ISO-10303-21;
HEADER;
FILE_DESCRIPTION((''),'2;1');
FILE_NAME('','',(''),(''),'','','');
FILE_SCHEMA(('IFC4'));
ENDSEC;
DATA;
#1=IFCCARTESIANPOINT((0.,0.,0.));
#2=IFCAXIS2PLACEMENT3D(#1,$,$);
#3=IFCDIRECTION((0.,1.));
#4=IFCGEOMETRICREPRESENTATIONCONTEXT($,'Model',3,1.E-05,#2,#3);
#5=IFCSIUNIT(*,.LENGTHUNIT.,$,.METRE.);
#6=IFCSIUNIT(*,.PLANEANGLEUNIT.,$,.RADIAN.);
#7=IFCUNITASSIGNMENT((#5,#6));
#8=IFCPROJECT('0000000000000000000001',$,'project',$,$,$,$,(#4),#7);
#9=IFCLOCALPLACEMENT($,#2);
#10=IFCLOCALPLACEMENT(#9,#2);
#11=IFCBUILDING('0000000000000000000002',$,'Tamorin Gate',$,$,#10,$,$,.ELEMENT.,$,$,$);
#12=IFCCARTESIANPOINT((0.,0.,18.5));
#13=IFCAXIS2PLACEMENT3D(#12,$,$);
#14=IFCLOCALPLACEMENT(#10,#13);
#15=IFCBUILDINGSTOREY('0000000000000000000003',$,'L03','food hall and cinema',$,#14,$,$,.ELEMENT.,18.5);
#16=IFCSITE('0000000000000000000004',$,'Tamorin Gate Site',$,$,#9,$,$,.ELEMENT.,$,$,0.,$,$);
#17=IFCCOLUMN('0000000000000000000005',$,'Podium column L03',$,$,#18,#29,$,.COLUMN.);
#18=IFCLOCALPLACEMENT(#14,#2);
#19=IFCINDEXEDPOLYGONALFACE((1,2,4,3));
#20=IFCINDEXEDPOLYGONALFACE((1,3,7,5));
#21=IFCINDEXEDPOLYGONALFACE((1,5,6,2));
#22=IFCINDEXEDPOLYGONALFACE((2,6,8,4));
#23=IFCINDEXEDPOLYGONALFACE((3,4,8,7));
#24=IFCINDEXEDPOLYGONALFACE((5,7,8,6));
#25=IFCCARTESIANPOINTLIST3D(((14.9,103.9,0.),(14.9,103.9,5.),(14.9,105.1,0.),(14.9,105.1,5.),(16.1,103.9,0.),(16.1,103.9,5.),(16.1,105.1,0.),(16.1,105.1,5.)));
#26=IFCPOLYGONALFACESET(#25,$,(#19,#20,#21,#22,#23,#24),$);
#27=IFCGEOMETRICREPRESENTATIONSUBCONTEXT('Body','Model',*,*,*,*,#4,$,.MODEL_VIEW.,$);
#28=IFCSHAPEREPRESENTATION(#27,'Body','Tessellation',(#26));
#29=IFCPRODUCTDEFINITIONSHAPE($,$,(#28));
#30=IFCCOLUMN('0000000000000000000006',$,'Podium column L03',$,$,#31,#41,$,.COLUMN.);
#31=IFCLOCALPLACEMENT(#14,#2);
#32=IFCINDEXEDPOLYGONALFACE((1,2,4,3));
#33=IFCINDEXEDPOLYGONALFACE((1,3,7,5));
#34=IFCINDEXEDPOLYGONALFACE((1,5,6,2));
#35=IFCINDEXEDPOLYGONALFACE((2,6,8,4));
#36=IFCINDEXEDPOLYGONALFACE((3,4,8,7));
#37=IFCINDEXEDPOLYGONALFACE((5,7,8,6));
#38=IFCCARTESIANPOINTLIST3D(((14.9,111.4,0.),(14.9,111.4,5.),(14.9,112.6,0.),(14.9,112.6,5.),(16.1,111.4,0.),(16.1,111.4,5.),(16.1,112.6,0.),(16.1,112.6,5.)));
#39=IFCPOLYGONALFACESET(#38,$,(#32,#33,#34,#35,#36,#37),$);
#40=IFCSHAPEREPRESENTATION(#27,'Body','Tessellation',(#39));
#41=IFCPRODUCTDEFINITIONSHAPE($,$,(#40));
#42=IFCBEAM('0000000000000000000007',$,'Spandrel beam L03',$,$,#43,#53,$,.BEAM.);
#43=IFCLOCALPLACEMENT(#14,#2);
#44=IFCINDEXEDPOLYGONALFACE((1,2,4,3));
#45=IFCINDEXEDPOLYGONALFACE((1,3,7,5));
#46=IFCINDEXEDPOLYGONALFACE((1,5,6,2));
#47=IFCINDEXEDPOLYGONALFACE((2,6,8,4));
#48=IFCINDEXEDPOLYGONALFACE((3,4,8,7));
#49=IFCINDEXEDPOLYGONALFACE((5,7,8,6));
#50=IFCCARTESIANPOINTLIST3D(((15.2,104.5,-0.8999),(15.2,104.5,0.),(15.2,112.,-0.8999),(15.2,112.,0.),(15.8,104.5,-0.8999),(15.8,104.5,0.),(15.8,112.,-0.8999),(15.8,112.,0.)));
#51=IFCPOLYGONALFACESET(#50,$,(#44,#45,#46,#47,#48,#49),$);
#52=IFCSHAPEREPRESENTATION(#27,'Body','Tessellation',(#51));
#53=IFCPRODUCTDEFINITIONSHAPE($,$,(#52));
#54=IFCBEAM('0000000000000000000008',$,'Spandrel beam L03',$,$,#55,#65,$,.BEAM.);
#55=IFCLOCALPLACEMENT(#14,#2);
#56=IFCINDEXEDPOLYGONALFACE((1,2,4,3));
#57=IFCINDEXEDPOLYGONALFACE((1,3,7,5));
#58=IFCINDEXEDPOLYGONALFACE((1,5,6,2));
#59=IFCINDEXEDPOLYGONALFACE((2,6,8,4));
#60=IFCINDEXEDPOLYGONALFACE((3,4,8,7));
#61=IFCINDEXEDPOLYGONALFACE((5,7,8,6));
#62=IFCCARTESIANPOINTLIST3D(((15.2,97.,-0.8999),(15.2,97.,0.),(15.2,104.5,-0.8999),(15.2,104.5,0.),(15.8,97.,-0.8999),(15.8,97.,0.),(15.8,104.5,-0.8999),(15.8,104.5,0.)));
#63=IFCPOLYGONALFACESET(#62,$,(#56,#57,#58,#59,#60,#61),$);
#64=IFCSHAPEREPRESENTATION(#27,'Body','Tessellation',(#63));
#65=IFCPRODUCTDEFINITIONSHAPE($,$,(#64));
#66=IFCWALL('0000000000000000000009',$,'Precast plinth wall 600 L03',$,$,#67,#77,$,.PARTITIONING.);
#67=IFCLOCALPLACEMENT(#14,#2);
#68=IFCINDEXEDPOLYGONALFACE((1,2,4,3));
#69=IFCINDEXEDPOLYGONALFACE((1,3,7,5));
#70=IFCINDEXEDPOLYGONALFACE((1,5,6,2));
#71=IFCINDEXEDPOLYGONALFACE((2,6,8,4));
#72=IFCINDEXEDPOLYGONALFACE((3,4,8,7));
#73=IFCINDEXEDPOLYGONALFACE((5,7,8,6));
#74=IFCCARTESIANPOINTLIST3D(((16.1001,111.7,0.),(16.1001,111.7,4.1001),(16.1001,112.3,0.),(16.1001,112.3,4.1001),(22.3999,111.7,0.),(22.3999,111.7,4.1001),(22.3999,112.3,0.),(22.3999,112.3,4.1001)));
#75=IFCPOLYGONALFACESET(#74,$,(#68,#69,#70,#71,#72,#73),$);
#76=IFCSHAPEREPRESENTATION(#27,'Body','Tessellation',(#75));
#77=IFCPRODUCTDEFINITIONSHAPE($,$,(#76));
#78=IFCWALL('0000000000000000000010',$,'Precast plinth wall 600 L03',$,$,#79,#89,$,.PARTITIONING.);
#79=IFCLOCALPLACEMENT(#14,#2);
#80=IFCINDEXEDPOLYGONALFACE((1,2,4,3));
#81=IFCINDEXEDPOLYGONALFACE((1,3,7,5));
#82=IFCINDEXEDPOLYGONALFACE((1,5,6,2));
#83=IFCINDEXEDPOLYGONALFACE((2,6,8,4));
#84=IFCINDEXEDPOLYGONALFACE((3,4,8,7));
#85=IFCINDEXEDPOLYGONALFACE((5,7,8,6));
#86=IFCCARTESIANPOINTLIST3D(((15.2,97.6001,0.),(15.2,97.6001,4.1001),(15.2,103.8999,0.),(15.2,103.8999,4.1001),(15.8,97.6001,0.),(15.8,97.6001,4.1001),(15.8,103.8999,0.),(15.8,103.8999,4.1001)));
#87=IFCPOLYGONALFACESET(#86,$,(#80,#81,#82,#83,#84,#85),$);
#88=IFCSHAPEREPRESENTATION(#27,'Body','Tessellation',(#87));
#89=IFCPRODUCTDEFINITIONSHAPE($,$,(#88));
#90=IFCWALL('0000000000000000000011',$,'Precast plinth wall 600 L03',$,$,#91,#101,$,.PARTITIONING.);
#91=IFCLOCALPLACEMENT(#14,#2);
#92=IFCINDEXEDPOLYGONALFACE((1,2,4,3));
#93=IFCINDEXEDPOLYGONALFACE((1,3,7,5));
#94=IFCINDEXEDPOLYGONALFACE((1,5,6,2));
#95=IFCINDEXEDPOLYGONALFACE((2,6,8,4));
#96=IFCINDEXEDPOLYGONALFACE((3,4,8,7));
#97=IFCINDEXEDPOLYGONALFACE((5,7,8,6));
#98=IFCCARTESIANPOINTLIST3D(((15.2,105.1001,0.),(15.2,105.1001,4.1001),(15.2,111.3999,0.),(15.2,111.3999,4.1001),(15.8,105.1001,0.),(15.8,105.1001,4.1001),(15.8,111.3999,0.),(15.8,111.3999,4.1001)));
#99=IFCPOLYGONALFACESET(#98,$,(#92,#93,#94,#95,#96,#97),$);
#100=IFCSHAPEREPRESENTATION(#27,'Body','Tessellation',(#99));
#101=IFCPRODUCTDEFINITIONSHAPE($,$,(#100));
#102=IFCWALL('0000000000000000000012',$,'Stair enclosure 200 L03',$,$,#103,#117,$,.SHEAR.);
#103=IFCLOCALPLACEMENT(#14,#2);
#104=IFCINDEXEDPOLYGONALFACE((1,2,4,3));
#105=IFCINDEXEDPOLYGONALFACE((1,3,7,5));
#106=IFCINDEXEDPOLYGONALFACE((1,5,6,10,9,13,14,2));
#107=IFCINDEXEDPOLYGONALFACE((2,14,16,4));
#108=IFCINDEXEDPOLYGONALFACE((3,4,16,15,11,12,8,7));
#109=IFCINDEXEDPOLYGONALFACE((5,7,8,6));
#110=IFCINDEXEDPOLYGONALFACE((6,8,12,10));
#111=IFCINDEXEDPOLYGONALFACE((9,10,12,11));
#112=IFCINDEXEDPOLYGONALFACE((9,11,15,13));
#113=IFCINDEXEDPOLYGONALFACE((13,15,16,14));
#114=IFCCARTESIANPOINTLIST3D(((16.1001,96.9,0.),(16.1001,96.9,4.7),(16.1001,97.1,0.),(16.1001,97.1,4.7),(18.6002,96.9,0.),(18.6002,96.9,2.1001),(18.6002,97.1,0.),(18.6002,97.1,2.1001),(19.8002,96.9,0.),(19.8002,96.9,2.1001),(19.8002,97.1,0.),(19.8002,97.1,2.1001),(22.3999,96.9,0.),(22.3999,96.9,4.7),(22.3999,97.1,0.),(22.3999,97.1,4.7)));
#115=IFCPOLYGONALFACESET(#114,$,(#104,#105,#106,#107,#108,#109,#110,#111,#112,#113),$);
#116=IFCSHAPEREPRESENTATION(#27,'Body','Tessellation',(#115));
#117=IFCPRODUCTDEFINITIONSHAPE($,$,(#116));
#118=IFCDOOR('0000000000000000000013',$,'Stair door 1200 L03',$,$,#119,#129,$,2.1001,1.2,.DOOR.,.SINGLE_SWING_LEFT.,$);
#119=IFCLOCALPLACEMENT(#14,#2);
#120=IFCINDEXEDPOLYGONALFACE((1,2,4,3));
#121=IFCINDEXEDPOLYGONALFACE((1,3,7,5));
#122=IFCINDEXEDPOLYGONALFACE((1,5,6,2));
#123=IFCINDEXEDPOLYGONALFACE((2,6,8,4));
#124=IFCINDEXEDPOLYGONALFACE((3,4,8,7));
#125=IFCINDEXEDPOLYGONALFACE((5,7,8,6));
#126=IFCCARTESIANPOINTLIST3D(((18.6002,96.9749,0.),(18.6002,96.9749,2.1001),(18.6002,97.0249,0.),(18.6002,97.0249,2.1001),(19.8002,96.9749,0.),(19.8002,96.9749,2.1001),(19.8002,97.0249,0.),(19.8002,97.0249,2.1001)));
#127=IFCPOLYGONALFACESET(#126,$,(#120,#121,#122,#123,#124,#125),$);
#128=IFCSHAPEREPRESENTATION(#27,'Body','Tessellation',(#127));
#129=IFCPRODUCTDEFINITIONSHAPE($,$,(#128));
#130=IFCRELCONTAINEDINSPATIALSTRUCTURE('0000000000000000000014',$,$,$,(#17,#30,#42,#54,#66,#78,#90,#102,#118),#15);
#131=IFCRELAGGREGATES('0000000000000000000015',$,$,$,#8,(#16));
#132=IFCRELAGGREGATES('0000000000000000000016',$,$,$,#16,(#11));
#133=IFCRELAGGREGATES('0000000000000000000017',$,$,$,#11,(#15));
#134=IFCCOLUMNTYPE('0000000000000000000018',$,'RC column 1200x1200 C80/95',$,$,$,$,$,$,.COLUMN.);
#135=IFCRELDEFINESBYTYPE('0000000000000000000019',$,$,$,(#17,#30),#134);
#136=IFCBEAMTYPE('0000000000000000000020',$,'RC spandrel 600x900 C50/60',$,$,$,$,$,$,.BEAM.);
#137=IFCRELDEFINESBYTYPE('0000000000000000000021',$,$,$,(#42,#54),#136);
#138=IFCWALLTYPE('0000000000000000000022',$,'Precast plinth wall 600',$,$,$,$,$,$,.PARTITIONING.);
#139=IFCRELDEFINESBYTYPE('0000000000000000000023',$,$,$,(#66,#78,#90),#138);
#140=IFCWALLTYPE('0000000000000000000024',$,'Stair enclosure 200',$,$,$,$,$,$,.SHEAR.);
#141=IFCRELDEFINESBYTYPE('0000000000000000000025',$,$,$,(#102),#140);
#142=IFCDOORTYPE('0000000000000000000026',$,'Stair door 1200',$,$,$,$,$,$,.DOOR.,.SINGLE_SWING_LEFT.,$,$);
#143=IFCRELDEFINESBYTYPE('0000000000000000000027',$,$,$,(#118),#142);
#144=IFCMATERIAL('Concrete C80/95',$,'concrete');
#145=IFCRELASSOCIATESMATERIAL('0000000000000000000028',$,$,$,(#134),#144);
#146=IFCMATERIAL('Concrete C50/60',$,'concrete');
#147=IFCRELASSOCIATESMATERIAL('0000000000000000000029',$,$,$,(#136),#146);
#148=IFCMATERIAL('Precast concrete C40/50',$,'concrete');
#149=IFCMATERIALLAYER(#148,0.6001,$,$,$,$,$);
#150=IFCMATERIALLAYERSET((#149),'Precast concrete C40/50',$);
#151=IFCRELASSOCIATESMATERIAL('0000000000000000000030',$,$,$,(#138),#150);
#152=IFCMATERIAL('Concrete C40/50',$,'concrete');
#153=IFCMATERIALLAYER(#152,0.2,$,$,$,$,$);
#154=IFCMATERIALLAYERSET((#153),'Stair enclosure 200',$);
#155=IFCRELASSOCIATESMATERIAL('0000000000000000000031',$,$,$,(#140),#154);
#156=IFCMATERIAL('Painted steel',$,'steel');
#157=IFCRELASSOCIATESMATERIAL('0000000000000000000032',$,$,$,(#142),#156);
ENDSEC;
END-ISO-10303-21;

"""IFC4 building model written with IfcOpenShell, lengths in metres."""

from ifc_helpers import new_model, si_unit, direction, frame, frame_2d, origin, origin_2d, place, context, subcontext, project, spatial, rectangle, extrude, material, layer, layer_set, material_profile, profile_set, type_object, element, fill, save


model = new_model("IFC4")

# Units and contexts
model_context = context("Model", 3, precision=1e-05, world=origin(), true_north=direction((0.0, 1.0)))
body_context = subcontext(model_context, "Body", "Model", "MODEL_VIEW")
ifc_project = project(units=[si_unit("LENGTHUNIT", "METRE"), si_unit("PLANEANGLEUNIT", "RADIAN")], contexts=[model_context])

# Site, building, storey
site_placement = place(None, origin())
site = spatial("IfcSite", under=ifc_project, at=site_placement, Name="Tamorin Gate Site", CompositionType="ELEMENT", RefElevation=0.0)
building_placement = place(site_placement, origin())
building = spatial("IfcBuilding", under=site, at=building_placement, Name="Tamorin Gate", CompositionType="ELEMENT")
storey_placement = place(building_placement, frame((0.0, 0.0, 18.5)))
storey = spatial("IfcBuildingStorey", under=building, at=storey_placement, Name="L03", Description="food hall and cinema", CompositionType="ELEMENT", Elevation=18.5)

# Columns
ifc_material_1 = material(Name="Concrete C80/95", Category="concrete")
ifc_material_profile_1 = material_profile(ifc_material_1, rectangle(XDim=1.2, YDim=1.2, at=origin_2d()), Name="RC 1200x1200")
ifc_profile_set_1 = profile_set([ifc_material_profile_1], Name="Concrete C80/95")
column_type = type_object("IfcColumnType", Name="RC column 1200x1200 C80/95", PredefinedType="COLUMN", material=ifc_profile_set_1)
for number, where, z_axis, x_axis, name in (
    (1, (15.5, 104.5, 0.0), (0.0, 0.0, 1.0), (1.0, 0.0, 0.0), "Podium column L03"),
    (2, (15.5, 112.0, 0.0), (0.0, 0.0, 1.0), (1.0, 0.0, 0.0), "Podium column L03"),
):
    element("IfcColumn", number, at=place(storey_placement, frame(where, z_axis=z_axis, x_axis=x_axis)), inside=storey, type_object=column_type, Name=name, PredefinedType="COLUMN", context=body_context, shape_type="SweptSolid", body=[
        extrude(rectangle(XDim=1.2, YDim=1.2, at=origin_2d()), origin(), (0.0, 0.0, 1.0), 5.0),
    ])

# Beams
ifc_material_2 = material(Name="Concrete C50/60", Category="concrete")
ifc_material_profile_2 = material_profile(ifc_material_2, rectangle(XDim=0.6001, YDim=0.8999, at=origin_2d()), Name="RC 600x900")
ifc_profile_set_2 = profile_set([ifc_material_profile_2], Name="Concrete C50/60")
beam_type = type_object("IfcBeamType", Name="RC spandrel 600x900 C50/60", PredefinedType="BEAM", material=ifc_profile_set_2)
for number, where, z_axis, x_axis, name in (
    (3, (15.5, 112.0, -0.45), (0.0, -1.0, 0.0), (1.0, 0.0, 0.0), "Spandrel beam L03"),
    (4, (15.5, 104.5, -0.45), (0.0, -1.0, 0.0), (1.0, 0.0, 0.0), "Spandrel beam L03"),
):
    element("IfcBeam", number, at=place(storey_placement, frame(where, z_axis=z_axis, x_axis=x_axis)), inside=storey, type_object=beam_type, Name=name, PredefinedType="BEAM", context=body_context, shape_type="SweptSolid", body=[
        extrude(rectangle(XDim=0.6001, YDim=0.8999, at=origin_2d()), origin(), (0.0, 0.0, 1.0), 7.5),
    ])

# Walls
ifc_material_3 = material(Name="Precast concrete C40/50", Category="concrete")
ifc_layer_1 = layer(ifc_material_3, 0.6001)
ifc_layer_set_1 = layer_set([ifc_layer_1], Name="Precast concrete C40/50")
wall_type_1 = type_object("IfcWallType", Name="Precast plinth wall 600", PredefinedType="PARTITIONING", material=ifc_layer_set_1)
for number, where, z_axis, x_axis, name in (
    (5, (16.1001, 112.0, 0.0), (0.0, 0.0, 1.0), (1.0, 0.0, 0.0), "Precast plinth wall 600 L03"),
    (6, (15.5, 97.6001, 0.0), (0.0, 0.0, 1.0), (0.0, 1.0, 0.0), "Precast plinth wall 600 L03"),
    (7, (15.5, 105.1001, 0.0), (0.0, 0.0, 1.0), (0.0, 1.0, 0.0), "Precast plinth wall 600 L03"),
):
    element("IfcWall", number, at=place(storey_placement, frame(where, z_axis=z_axis, x_axis=x_axis)), inside=storey, type_object=wall_type_1, Name=name, PredefinedType="PARTITIONING", context=body_context, shape_type="SweptSolid", body=[
        extrude(rectangle(XDim=6.2998, YDim=0.6001, at=frame_2d((3.1499, 0.0))), origin(), (0.0, 0.0, 1.0), 4.1001),
    ])

# Wall, opening, door
ifc_material_4 = material(Name="Concrete C40/50", Category="concrete")
ifc_layer_2 = layer(ifc_material_4, 0.2)
ifc_layer_set_2 = layer_set([ifc_layer_2], Name="Stair enclosure 200")
wall_type_2 = type_object("IfcWallType", Name="Stair enclosure 200", PredefinedType="SHEAR", material=ifc_layer_set_2)
wall_placement = place(storey_placement, frame((16.1001, 97.0, 0.0), z_axis=(0.0, 0.0, 1.0), x_axis=(1.0, 0.0, 0.0)))
wall = element("IfcWall", 8, at=wall_placement, inside=storey, type_object=wall_type_2, Name="Stair enclosure 200 L03", PredefinedType="SHEAR", context=body_context, shape_type="SweptSolid", body=[
    extrude(rectangle(XDim=6.2998, YDim=0.2, at=frame_2d((3.1499, 0.0))), origin(), (0.0, 0.0, 1.0), 4.7),
])
opening_placement = place(wall_placement, frame((2.5, 0.0, 0.0)))
opening = element("IfcOpeningElement", 9, at=opening_placement, cuts=wall, PredefinedType="OPENING", context=body_context, shape_type="SweptSolid", body=[
    extrude(rectangle(XDim=1.2, YDim=2.1001, at=frame_2d((0.6001, 1.05))), frame((0.0, 0.1099, 0.0), z_axis=(0.0, -1.0, 0.0), x_axis=(1.0, 0.0, 0.0)), (0.0, 0.0, 1.0), 0.22),
])
ifc_material_5 = material(Name="Painted steel", Category="steel")
door_type = type_object("IfcDoorType", Name="Stair door 1200", OperationType="SINGLE_SWING_LEFT", PredefinedType="DOOR", material=ifc_material_5)
door_placement = place(opening_placement, origin())
door = element("IfcDoor", 10, at=door_placement, inside=storey, type_object=door_type, Name="Stair door 1200 L03", OperationType="SINGLE_SWING_LEFT", OverallHeight=2.1001, OverallWidth=1.2, PredefinedType="DOOR", context=body_context, shape_type="SweptSolid", body=[
    extrude(rectangle(XDim=1.2, YDim=2.1001, at=frame_2d((0.6001, 1.05))), frame((0.0, 0.0249, 0.0), z_axis=(0.0, -1.0, 0.0), x_axis=(1.0, 0.0, 0.0)), (0.0, 0.0, 1.0), 0.05),
])
fill(opening, door)

save(model, "model.ifc")
